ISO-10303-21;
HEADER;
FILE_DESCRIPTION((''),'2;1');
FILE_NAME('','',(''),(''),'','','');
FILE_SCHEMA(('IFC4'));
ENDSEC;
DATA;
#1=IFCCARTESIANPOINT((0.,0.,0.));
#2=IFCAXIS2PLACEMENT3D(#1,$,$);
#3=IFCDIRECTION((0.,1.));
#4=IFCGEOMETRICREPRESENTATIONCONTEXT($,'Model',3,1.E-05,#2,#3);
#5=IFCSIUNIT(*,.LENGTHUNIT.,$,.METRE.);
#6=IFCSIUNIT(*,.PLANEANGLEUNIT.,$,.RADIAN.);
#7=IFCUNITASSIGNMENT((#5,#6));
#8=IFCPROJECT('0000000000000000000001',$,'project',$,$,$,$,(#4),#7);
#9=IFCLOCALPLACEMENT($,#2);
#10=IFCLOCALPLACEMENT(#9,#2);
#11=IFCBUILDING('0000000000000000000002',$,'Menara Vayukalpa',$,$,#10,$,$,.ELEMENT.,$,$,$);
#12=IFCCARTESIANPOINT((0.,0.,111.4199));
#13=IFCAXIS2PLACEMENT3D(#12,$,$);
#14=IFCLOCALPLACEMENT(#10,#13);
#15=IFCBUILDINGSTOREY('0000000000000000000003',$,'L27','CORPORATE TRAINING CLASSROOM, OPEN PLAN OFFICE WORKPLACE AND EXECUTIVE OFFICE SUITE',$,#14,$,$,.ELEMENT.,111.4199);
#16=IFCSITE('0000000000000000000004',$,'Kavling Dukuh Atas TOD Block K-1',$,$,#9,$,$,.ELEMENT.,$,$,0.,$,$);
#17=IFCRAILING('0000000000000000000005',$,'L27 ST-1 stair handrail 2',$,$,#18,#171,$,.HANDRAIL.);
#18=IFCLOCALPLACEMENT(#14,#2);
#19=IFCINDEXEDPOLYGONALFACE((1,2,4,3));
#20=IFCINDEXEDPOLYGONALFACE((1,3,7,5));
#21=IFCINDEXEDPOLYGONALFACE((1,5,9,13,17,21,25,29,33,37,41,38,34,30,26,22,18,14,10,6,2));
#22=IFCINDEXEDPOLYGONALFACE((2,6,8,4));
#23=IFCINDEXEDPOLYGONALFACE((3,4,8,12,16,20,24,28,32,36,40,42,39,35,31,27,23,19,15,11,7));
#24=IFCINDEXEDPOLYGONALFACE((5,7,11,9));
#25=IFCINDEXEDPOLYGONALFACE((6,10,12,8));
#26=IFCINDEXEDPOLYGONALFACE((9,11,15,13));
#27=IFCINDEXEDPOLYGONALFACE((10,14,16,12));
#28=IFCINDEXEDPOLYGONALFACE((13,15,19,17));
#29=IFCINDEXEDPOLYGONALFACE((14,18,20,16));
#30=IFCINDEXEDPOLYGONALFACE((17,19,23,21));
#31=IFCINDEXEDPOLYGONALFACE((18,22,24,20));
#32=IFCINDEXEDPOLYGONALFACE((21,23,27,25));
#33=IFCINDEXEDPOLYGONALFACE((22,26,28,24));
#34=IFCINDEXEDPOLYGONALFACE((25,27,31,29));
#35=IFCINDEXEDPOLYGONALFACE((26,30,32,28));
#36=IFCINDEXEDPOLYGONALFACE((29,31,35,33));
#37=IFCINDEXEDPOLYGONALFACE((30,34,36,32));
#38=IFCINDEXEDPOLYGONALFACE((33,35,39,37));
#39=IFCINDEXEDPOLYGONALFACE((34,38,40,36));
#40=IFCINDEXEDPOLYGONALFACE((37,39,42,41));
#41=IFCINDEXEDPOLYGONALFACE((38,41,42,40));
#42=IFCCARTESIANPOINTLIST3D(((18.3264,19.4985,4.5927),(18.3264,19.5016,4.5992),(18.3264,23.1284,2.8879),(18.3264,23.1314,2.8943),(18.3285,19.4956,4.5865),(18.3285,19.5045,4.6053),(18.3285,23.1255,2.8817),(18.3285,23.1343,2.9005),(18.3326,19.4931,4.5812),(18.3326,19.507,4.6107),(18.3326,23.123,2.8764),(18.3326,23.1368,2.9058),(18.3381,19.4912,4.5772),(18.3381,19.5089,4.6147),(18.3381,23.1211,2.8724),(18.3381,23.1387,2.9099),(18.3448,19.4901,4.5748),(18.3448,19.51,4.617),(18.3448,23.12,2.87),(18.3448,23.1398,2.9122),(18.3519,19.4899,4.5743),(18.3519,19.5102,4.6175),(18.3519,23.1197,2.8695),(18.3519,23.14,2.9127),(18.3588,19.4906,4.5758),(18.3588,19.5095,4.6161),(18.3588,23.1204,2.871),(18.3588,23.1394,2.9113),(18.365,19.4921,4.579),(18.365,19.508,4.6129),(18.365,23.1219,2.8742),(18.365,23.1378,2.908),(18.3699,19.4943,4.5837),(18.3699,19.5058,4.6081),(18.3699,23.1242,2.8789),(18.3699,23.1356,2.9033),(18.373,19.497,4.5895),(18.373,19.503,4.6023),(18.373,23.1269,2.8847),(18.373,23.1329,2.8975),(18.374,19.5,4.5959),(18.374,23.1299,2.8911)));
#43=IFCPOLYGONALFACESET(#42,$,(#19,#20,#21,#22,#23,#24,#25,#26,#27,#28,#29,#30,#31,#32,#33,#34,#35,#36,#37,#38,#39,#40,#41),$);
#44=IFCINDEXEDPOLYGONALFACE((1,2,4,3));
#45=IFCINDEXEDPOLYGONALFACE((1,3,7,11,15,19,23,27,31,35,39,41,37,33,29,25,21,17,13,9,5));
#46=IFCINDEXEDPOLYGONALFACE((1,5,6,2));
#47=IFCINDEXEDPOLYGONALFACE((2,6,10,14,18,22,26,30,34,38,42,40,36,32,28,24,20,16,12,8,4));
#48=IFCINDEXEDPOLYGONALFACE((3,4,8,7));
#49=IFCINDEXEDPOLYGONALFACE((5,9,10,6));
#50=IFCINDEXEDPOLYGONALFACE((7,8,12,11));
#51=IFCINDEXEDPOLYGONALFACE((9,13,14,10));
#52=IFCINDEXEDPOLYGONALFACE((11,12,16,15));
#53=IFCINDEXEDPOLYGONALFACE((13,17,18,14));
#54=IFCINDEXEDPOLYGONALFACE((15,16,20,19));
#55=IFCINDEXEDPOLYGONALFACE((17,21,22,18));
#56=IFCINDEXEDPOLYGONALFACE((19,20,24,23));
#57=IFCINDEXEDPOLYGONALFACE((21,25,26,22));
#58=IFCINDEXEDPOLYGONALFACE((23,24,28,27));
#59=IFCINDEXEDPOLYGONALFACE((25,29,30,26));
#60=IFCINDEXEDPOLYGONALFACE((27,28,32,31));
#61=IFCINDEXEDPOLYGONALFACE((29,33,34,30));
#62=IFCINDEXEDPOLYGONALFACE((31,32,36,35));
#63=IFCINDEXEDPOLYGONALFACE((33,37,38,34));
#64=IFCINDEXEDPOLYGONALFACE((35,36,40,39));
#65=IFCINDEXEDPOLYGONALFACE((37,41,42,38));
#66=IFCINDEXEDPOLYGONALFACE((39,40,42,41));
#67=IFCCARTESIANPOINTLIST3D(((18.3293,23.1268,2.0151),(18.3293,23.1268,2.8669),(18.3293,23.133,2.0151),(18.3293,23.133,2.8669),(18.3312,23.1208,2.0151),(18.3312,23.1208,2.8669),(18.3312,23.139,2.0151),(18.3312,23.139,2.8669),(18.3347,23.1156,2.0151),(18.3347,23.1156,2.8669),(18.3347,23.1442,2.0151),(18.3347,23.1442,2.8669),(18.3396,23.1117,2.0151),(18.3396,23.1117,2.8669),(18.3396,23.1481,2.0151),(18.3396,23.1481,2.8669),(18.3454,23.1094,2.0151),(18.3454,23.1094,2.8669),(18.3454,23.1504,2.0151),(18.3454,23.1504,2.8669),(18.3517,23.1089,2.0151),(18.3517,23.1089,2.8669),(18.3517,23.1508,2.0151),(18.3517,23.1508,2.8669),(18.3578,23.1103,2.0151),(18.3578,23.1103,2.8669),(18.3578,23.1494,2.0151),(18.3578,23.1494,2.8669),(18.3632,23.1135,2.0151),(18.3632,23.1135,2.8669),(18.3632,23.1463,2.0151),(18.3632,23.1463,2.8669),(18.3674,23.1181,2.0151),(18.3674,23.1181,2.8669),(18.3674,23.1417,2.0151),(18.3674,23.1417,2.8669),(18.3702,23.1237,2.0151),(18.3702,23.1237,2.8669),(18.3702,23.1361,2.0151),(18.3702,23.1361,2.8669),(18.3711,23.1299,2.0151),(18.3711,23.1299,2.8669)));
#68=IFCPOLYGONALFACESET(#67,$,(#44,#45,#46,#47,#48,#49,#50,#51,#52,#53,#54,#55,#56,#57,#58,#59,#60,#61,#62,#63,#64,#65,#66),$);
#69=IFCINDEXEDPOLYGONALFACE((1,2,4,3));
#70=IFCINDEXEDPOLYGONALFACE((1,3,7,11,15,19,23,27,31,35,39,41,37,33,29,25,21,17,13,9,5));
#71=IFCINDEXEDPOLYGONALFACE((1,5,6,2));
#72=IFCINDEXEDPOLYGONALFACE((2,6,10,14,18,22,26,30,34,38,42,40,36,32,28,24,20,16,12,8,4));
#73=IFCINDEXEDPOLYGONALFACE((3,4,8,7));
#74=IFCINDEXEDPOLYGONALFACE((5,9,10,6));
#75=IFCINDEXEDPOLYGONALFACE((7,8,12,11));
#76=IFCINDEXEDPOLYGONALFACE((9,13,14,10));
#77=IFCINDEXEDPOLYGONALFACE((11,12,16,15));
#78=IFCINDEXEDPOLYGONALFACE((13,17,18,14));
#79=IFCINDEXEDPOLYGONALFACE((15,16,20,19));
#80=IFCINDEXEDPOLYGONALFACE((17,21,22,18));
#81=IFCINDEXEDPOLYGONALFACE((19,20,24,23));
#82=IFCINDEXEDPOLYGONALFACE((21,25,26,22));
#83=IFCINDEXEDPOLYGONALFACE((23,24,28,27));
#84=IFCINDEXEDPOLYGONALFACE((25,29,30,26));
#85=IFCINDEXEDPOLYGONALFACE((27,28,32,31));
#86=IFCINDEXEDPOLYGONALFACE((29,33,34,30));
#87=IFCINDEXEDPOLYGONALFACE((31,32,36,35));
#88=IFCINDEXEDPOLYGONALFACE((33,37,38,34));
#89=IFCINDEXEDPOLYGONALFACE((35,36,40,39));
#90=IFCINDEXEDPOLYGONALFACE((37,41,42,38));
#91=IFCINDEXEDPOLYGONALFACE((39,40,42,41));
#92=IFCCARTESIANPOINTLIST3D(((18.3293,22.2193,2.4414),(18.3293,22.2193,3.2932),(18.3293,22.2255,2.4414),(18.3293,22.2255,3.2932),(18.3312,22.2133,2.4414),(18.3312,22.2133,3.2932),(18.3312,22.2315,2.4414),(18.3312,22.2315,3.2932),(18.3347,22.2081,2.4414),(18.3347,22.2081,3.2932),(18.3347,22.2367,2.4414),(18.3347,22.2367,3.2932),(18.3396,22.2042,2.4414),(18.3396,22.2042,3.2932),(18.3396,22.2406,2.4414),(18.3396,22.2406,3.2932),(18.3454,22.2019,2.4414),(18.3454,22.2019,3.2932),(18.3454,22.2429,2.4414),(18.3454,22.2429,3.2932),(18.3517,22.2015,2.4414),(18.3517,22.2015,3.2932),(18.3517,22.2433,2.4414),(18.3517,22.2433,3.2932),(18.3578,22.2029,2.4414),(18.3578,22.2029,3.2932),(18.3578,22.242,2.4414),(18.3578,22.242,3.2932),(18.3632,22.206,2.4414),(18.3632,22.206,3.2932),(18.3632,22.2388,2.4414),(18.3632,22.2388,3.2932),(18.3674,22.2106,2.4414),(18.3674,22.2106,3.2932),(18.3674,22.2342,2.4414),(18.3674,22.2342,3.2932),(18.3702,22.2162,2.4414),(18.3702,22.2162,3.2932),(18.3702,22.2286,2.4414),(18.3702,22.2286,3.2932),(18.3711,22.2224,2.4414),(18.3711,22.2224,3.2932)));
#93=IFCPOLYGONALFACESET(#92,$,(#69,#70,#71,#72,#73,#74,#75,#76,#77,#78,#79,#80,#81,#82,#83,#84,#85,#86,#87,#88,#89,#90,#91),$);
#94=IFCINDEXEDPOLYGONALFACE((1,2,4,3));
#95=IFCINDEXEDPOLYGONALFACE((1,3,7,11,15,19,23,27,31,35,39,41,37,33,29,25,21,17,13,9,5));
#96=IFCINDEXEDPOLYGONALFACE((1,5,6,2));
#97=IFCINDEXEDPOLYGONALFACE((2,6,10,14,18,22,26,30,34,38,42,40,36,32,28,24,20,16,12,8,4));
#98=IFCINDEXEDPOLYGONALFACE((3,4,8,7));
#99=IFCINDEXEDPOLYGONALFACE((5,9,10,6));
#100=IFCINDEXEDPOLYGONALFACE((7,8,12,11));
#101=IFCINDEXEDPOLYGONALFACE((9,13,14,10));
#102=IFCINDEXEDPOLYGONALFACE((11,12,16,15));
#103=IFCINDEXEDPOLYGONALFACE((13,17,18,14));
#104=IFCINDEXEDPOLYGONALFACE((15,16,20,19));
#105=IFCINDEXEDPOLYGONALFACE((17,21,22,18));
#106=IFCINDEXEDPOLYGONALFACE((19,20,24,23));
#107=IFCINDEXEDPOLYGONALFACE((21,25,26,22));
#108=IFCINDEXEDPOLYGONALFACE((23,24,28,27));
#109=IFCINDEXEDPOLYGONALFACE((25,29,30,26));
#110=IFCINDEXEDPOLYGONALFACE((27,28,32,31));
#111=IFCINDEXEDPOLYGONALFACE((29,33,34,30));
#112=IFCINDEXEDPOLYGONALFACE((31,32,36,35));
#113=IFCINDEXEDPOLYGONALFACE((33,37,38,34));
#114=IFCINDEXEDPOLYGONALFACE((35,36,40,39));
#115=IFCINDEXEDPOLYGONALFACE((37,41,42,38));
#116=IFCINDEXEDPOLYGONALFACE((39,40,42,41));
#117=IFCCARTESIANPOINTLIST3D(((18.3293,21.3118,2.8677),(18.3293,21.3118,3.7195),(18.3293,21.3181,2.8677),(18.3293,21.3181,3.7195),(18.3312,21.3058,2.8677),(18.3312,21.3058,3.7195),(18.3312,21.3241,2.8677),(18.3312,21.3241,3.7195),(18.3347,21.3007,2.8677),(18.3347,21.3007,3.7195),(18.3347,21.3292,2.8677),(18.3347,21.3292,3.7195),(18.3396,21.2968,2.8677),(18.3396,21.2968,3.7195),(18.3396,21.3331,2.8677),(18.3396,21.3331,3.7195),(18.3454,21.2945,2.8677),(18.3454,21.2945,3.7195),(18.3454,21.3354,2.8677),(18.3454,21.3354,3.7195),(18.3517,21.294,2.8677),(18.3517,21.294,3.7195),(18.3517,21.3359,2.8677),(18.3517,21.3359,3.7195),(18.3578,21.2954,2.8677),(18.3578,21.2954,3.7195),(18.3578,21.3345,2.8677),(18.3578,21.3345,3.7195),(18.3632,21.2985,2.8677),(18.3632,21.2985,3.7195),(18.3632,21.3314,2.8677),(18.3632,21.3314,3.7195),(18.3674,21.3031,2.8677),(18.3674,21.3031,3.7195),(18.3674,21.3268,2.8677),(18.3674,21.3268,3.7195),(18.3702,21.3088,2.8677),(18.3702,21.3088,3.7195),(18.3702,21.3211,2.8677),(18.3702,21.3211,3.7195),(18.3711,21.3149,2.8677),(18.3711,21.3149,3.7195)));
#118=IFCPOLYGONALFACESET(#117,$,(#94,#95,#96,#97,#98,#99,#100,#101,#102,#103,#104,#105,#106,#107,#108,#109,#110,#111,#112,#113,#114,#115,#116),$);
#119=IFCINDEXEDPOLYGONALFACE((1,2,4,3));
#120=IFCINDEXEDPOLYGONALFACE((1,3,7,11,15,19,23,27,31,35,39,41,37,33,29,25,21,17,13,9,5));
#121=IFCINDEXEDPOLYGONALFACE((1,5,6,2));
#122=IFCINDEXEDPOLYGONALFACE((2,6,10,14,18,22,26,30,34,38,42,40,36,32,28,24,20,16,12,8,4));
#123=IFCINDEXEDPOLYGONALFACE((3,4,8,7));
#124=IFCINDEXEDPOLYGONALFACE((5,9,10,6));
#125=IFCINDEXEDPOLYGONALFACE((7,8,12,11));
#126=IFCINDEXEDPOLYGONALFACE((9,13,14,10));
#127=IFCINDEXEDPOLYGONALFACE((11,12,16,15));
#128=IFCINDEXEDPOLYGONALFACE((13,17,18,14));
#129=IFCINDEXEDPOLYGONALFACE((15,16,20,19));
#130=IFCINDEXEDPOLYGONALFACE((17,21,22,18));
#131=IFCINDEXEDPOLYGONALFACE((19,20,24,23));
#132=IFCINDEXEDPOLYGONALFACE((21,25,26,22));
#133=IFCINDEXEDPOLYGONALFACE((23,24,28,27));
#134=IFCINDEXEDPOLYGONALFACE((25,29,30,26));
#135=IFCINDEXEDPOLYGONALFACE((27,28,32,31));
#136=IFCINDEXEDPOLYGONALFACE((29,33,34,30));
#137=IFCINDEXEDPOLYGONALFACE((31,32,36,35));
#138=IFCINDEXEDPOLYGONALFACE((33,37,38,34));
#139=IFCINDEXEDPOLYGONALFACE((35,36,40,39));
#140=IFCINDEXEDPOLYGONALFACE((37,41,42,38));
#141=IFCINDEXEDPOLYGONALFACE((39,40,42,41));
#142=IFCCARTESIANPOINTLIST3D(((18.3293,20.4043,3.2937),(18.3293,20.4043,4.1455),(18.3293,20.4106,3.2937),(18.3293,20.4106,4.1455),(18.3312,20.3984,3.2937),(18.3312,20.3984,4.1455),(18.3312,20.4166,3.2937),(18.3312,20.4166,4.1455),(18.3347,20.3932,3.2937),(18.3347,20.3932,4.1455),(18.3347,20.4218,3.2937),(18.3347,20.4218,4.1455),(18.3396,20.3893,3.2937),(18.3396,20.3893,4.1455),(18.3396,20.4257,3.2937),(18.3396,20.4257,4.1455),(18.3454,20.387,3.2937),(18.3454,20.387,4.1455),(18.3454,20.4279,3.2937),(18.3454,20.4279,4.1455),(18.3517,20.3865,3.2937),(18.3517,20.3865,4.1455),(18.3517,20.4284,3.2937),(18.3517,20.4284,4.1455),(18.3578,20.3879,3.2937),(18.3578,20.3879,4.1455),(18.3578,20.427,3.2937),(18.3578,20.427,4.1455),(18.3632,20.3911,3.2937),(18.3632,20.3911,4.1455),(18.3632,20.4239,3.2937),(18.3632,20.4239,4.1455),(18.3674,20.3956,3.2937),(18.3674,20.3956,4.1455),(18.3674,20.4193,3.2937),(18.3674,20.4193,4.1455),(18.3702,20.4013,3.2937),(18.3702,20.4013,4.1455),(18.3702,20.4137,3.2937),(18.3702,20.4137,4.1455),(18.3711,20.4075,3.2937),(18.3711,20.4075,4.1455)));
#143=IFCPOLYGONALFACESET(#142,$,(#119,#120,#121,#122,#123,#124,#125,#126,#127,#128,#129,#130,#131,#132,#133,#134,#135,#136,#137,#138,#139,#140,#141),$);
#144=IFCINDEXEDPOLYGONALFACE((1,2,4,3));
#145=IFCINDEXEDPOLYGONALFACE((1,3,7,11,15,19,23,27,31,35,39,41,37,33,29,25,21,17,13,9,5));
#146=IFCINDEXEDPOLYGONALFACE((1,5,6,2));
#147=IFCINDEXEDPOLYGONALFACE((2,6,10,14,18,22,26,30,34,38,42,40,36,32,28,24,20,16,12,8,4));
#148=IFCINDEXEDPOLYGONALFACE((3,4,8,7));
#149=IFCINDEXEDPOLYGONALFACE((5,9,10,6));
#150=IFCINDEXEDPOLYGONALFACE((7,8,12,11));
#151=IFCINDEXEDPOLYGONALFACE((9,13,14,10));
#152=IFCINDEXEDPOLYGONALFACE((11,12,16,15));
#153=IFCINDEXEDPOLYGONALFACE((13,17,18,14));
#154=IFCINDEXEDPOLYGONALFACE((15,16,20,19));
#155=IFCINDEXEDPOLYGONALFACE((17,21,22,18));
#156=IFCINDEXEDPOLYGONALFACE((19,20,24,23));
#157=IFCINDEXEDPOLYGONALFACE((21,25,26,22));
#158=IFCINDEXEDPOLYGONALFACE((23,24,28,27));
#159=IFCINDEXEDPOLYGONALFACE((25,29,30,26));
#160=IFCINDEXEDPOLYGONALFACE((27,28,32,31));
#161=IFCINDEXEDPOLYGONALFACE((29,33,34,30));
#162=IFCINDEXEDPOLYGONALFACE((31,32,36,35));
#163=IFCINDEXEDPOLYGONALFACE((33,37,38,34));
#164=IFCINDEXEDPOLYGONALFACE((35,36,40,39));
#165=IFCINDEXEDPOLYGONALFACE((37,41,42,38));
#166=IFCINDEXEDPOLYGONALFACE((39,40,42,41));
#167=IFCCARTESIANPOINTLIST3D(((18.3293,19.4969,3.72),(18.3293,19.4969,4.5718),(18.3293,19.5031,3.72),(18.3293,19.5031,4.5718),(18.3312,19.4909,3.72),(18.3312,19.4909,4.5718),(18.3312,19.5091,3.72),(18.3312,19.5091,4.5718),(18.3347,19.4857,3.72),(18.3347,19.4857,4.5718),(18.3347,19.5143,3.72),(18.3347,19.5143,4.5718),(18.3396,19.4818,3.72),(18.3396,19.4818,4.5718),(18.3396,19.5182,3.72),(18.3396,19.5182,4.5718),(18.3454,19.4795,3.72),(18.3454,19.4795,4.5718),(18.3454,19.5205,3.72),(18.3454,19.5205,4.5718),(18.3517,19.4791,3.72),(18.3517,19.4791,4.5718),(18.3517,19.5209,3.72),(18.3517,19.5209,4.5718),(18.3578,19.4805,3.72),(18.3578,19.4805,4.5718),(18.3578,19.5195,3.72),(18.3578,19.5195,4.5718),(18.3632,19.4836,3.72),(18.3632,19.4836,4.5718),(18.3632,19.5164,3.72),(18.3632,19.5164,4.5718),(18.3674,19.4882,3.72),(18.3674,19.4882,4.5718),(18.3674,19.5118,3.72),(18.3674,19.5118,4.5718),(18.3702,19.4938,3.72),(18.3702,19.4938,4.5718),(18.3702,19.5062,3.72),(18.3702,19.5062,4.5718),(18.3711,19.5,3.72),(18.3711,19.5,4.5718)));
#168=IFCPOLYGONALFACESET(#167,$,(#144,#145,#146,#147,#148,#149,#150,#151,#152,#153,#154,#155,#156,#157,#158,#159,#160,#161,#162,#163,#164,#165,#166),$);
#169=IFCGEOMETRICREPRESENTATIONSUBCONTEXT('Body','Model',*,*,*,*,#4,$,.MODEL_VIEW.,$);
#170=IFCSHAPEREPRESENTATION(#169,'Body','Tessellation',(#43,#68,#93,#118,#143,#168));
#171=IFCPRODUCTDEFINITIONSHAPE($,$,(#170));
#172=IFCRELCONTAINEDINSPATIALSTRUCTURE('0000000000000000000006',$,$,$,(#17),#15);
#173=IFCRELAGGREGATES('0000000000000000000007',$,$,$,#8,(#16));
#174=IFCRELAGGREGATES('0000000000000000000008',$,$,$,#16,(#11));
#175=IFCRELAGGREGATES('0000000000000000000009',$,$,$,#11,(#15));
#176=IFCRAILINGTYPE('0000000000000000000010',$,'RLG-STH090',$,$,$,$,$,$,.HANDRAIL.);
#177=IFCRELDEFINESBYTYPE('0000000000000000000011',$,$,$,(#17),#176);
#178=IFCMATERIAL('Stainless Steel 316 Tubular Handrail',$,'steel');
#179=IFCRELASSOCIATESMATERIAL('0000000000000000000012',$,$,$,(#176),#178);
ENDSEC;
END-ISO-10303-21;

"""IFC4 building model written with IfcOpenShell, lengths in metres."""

from ifc_helpers import new_model, si_unit, direction, frame, origin, origin_2d, place, context, subcontext, project, spatial, circle, extrude, material, type_object, element, save


model = new_model("IFC4")

# Units and contexts
model_context = context("Model", 3, precision=1e-05, world=origin(), true_north=direction((0.0, 1.0)))
body_context = subcontext(model_context, "Body", "Model", "MODEL_VIEW")
ifc_project = project(units=[si_unit("LENGTHUNIT", "METRE"), si_unit("PLANEANGLEUNIT", "RADIAN")], contexts=[model_context])

# Site, building, storey
site_placement = place(None, origin())
site = spatial("IfcSite", under=ifc_project, at=site_placement, Name="Kavling Dukuh Atas TOD Block K-1", CompositionType="ELEMENT", RefElevation=0.0)
building_placement = place(site_placement, origin())
building = spatial("IfcBuilding", under=site, at=building_placement, Name="Menara Vayukalpa", CompositionType="ELEMENT")
storey_placement = place(building_placement, frame((0.0, 0.0, 111.4199)))
storey = spatial("IfcBuildingStorey", under=building, at=storey_placement, Name="L27", Description="CORPORATE TRAINING CLASSROOM, OPEN PLAN OFFICE WORKPLACE AND EXECUTIVE OFFICE SUITE", CompositionType="ELEMENT", Elevation=111.4199)

# Railing
ifc_material_1 = material(Name="Stainless Steel 316 Tubular Handrail", Category="steel")
railing_type_1 = type_object("IfcRailingType", Name="RLG-STH090", PredefinedType="HANDRAIL", material=ifc_material_1)
railing_1_placement = place(storey_placement, frame((18.3501, 23.1299, 2.0151)))
element("IfcRailing", 1, at=railing_1_placement, inside=storey, type_object=railing_type_1, Name="L27 ST-1 stair handrail 2", PredefinedType="HANDRAIL", context=body_context, shape_type="SweptSolid", body=[
    extrude(circle(Radius=0.0239, at=origin_2d()), frame((0.0, 0.0, 0.876), z_axis=(0.0, -0.90514, 0.425114), x_axis=(1.0, 0.0, 0.0)), (0.0, 0.0, 1.0), 4.0103),
    extrude(circle(Radius=0.021, at=origin_2d()), origin(), (0.0, 0.0, 1.0), 0.8518),
    extrude(circle(Radius=0.021, at=origin_2d()), frame((0.0, -0.9075, 0.4263)), (0.0, 0.0, 1.0), 0.8518),
    extrude(circle(Radius=0.021, at=origin_2d()), frame((0.0, -1.8149, 0.8525)), (0.0, 0.0, 1.0), 0.8518),
    extrude(circle(Radius=0.021, at=origin_2d()), frame((0.0, -2.7224, 1.2786)), (0.0, 0.0, 1.0), 0.8518),
    extrude(circle(Radius=0.021, at=origin_2d()), frame((0.0, -3.6299, 1.7048)), (0.0, 0.0, 1.0), 0.8518),
])

save(model, "model.ifc")
